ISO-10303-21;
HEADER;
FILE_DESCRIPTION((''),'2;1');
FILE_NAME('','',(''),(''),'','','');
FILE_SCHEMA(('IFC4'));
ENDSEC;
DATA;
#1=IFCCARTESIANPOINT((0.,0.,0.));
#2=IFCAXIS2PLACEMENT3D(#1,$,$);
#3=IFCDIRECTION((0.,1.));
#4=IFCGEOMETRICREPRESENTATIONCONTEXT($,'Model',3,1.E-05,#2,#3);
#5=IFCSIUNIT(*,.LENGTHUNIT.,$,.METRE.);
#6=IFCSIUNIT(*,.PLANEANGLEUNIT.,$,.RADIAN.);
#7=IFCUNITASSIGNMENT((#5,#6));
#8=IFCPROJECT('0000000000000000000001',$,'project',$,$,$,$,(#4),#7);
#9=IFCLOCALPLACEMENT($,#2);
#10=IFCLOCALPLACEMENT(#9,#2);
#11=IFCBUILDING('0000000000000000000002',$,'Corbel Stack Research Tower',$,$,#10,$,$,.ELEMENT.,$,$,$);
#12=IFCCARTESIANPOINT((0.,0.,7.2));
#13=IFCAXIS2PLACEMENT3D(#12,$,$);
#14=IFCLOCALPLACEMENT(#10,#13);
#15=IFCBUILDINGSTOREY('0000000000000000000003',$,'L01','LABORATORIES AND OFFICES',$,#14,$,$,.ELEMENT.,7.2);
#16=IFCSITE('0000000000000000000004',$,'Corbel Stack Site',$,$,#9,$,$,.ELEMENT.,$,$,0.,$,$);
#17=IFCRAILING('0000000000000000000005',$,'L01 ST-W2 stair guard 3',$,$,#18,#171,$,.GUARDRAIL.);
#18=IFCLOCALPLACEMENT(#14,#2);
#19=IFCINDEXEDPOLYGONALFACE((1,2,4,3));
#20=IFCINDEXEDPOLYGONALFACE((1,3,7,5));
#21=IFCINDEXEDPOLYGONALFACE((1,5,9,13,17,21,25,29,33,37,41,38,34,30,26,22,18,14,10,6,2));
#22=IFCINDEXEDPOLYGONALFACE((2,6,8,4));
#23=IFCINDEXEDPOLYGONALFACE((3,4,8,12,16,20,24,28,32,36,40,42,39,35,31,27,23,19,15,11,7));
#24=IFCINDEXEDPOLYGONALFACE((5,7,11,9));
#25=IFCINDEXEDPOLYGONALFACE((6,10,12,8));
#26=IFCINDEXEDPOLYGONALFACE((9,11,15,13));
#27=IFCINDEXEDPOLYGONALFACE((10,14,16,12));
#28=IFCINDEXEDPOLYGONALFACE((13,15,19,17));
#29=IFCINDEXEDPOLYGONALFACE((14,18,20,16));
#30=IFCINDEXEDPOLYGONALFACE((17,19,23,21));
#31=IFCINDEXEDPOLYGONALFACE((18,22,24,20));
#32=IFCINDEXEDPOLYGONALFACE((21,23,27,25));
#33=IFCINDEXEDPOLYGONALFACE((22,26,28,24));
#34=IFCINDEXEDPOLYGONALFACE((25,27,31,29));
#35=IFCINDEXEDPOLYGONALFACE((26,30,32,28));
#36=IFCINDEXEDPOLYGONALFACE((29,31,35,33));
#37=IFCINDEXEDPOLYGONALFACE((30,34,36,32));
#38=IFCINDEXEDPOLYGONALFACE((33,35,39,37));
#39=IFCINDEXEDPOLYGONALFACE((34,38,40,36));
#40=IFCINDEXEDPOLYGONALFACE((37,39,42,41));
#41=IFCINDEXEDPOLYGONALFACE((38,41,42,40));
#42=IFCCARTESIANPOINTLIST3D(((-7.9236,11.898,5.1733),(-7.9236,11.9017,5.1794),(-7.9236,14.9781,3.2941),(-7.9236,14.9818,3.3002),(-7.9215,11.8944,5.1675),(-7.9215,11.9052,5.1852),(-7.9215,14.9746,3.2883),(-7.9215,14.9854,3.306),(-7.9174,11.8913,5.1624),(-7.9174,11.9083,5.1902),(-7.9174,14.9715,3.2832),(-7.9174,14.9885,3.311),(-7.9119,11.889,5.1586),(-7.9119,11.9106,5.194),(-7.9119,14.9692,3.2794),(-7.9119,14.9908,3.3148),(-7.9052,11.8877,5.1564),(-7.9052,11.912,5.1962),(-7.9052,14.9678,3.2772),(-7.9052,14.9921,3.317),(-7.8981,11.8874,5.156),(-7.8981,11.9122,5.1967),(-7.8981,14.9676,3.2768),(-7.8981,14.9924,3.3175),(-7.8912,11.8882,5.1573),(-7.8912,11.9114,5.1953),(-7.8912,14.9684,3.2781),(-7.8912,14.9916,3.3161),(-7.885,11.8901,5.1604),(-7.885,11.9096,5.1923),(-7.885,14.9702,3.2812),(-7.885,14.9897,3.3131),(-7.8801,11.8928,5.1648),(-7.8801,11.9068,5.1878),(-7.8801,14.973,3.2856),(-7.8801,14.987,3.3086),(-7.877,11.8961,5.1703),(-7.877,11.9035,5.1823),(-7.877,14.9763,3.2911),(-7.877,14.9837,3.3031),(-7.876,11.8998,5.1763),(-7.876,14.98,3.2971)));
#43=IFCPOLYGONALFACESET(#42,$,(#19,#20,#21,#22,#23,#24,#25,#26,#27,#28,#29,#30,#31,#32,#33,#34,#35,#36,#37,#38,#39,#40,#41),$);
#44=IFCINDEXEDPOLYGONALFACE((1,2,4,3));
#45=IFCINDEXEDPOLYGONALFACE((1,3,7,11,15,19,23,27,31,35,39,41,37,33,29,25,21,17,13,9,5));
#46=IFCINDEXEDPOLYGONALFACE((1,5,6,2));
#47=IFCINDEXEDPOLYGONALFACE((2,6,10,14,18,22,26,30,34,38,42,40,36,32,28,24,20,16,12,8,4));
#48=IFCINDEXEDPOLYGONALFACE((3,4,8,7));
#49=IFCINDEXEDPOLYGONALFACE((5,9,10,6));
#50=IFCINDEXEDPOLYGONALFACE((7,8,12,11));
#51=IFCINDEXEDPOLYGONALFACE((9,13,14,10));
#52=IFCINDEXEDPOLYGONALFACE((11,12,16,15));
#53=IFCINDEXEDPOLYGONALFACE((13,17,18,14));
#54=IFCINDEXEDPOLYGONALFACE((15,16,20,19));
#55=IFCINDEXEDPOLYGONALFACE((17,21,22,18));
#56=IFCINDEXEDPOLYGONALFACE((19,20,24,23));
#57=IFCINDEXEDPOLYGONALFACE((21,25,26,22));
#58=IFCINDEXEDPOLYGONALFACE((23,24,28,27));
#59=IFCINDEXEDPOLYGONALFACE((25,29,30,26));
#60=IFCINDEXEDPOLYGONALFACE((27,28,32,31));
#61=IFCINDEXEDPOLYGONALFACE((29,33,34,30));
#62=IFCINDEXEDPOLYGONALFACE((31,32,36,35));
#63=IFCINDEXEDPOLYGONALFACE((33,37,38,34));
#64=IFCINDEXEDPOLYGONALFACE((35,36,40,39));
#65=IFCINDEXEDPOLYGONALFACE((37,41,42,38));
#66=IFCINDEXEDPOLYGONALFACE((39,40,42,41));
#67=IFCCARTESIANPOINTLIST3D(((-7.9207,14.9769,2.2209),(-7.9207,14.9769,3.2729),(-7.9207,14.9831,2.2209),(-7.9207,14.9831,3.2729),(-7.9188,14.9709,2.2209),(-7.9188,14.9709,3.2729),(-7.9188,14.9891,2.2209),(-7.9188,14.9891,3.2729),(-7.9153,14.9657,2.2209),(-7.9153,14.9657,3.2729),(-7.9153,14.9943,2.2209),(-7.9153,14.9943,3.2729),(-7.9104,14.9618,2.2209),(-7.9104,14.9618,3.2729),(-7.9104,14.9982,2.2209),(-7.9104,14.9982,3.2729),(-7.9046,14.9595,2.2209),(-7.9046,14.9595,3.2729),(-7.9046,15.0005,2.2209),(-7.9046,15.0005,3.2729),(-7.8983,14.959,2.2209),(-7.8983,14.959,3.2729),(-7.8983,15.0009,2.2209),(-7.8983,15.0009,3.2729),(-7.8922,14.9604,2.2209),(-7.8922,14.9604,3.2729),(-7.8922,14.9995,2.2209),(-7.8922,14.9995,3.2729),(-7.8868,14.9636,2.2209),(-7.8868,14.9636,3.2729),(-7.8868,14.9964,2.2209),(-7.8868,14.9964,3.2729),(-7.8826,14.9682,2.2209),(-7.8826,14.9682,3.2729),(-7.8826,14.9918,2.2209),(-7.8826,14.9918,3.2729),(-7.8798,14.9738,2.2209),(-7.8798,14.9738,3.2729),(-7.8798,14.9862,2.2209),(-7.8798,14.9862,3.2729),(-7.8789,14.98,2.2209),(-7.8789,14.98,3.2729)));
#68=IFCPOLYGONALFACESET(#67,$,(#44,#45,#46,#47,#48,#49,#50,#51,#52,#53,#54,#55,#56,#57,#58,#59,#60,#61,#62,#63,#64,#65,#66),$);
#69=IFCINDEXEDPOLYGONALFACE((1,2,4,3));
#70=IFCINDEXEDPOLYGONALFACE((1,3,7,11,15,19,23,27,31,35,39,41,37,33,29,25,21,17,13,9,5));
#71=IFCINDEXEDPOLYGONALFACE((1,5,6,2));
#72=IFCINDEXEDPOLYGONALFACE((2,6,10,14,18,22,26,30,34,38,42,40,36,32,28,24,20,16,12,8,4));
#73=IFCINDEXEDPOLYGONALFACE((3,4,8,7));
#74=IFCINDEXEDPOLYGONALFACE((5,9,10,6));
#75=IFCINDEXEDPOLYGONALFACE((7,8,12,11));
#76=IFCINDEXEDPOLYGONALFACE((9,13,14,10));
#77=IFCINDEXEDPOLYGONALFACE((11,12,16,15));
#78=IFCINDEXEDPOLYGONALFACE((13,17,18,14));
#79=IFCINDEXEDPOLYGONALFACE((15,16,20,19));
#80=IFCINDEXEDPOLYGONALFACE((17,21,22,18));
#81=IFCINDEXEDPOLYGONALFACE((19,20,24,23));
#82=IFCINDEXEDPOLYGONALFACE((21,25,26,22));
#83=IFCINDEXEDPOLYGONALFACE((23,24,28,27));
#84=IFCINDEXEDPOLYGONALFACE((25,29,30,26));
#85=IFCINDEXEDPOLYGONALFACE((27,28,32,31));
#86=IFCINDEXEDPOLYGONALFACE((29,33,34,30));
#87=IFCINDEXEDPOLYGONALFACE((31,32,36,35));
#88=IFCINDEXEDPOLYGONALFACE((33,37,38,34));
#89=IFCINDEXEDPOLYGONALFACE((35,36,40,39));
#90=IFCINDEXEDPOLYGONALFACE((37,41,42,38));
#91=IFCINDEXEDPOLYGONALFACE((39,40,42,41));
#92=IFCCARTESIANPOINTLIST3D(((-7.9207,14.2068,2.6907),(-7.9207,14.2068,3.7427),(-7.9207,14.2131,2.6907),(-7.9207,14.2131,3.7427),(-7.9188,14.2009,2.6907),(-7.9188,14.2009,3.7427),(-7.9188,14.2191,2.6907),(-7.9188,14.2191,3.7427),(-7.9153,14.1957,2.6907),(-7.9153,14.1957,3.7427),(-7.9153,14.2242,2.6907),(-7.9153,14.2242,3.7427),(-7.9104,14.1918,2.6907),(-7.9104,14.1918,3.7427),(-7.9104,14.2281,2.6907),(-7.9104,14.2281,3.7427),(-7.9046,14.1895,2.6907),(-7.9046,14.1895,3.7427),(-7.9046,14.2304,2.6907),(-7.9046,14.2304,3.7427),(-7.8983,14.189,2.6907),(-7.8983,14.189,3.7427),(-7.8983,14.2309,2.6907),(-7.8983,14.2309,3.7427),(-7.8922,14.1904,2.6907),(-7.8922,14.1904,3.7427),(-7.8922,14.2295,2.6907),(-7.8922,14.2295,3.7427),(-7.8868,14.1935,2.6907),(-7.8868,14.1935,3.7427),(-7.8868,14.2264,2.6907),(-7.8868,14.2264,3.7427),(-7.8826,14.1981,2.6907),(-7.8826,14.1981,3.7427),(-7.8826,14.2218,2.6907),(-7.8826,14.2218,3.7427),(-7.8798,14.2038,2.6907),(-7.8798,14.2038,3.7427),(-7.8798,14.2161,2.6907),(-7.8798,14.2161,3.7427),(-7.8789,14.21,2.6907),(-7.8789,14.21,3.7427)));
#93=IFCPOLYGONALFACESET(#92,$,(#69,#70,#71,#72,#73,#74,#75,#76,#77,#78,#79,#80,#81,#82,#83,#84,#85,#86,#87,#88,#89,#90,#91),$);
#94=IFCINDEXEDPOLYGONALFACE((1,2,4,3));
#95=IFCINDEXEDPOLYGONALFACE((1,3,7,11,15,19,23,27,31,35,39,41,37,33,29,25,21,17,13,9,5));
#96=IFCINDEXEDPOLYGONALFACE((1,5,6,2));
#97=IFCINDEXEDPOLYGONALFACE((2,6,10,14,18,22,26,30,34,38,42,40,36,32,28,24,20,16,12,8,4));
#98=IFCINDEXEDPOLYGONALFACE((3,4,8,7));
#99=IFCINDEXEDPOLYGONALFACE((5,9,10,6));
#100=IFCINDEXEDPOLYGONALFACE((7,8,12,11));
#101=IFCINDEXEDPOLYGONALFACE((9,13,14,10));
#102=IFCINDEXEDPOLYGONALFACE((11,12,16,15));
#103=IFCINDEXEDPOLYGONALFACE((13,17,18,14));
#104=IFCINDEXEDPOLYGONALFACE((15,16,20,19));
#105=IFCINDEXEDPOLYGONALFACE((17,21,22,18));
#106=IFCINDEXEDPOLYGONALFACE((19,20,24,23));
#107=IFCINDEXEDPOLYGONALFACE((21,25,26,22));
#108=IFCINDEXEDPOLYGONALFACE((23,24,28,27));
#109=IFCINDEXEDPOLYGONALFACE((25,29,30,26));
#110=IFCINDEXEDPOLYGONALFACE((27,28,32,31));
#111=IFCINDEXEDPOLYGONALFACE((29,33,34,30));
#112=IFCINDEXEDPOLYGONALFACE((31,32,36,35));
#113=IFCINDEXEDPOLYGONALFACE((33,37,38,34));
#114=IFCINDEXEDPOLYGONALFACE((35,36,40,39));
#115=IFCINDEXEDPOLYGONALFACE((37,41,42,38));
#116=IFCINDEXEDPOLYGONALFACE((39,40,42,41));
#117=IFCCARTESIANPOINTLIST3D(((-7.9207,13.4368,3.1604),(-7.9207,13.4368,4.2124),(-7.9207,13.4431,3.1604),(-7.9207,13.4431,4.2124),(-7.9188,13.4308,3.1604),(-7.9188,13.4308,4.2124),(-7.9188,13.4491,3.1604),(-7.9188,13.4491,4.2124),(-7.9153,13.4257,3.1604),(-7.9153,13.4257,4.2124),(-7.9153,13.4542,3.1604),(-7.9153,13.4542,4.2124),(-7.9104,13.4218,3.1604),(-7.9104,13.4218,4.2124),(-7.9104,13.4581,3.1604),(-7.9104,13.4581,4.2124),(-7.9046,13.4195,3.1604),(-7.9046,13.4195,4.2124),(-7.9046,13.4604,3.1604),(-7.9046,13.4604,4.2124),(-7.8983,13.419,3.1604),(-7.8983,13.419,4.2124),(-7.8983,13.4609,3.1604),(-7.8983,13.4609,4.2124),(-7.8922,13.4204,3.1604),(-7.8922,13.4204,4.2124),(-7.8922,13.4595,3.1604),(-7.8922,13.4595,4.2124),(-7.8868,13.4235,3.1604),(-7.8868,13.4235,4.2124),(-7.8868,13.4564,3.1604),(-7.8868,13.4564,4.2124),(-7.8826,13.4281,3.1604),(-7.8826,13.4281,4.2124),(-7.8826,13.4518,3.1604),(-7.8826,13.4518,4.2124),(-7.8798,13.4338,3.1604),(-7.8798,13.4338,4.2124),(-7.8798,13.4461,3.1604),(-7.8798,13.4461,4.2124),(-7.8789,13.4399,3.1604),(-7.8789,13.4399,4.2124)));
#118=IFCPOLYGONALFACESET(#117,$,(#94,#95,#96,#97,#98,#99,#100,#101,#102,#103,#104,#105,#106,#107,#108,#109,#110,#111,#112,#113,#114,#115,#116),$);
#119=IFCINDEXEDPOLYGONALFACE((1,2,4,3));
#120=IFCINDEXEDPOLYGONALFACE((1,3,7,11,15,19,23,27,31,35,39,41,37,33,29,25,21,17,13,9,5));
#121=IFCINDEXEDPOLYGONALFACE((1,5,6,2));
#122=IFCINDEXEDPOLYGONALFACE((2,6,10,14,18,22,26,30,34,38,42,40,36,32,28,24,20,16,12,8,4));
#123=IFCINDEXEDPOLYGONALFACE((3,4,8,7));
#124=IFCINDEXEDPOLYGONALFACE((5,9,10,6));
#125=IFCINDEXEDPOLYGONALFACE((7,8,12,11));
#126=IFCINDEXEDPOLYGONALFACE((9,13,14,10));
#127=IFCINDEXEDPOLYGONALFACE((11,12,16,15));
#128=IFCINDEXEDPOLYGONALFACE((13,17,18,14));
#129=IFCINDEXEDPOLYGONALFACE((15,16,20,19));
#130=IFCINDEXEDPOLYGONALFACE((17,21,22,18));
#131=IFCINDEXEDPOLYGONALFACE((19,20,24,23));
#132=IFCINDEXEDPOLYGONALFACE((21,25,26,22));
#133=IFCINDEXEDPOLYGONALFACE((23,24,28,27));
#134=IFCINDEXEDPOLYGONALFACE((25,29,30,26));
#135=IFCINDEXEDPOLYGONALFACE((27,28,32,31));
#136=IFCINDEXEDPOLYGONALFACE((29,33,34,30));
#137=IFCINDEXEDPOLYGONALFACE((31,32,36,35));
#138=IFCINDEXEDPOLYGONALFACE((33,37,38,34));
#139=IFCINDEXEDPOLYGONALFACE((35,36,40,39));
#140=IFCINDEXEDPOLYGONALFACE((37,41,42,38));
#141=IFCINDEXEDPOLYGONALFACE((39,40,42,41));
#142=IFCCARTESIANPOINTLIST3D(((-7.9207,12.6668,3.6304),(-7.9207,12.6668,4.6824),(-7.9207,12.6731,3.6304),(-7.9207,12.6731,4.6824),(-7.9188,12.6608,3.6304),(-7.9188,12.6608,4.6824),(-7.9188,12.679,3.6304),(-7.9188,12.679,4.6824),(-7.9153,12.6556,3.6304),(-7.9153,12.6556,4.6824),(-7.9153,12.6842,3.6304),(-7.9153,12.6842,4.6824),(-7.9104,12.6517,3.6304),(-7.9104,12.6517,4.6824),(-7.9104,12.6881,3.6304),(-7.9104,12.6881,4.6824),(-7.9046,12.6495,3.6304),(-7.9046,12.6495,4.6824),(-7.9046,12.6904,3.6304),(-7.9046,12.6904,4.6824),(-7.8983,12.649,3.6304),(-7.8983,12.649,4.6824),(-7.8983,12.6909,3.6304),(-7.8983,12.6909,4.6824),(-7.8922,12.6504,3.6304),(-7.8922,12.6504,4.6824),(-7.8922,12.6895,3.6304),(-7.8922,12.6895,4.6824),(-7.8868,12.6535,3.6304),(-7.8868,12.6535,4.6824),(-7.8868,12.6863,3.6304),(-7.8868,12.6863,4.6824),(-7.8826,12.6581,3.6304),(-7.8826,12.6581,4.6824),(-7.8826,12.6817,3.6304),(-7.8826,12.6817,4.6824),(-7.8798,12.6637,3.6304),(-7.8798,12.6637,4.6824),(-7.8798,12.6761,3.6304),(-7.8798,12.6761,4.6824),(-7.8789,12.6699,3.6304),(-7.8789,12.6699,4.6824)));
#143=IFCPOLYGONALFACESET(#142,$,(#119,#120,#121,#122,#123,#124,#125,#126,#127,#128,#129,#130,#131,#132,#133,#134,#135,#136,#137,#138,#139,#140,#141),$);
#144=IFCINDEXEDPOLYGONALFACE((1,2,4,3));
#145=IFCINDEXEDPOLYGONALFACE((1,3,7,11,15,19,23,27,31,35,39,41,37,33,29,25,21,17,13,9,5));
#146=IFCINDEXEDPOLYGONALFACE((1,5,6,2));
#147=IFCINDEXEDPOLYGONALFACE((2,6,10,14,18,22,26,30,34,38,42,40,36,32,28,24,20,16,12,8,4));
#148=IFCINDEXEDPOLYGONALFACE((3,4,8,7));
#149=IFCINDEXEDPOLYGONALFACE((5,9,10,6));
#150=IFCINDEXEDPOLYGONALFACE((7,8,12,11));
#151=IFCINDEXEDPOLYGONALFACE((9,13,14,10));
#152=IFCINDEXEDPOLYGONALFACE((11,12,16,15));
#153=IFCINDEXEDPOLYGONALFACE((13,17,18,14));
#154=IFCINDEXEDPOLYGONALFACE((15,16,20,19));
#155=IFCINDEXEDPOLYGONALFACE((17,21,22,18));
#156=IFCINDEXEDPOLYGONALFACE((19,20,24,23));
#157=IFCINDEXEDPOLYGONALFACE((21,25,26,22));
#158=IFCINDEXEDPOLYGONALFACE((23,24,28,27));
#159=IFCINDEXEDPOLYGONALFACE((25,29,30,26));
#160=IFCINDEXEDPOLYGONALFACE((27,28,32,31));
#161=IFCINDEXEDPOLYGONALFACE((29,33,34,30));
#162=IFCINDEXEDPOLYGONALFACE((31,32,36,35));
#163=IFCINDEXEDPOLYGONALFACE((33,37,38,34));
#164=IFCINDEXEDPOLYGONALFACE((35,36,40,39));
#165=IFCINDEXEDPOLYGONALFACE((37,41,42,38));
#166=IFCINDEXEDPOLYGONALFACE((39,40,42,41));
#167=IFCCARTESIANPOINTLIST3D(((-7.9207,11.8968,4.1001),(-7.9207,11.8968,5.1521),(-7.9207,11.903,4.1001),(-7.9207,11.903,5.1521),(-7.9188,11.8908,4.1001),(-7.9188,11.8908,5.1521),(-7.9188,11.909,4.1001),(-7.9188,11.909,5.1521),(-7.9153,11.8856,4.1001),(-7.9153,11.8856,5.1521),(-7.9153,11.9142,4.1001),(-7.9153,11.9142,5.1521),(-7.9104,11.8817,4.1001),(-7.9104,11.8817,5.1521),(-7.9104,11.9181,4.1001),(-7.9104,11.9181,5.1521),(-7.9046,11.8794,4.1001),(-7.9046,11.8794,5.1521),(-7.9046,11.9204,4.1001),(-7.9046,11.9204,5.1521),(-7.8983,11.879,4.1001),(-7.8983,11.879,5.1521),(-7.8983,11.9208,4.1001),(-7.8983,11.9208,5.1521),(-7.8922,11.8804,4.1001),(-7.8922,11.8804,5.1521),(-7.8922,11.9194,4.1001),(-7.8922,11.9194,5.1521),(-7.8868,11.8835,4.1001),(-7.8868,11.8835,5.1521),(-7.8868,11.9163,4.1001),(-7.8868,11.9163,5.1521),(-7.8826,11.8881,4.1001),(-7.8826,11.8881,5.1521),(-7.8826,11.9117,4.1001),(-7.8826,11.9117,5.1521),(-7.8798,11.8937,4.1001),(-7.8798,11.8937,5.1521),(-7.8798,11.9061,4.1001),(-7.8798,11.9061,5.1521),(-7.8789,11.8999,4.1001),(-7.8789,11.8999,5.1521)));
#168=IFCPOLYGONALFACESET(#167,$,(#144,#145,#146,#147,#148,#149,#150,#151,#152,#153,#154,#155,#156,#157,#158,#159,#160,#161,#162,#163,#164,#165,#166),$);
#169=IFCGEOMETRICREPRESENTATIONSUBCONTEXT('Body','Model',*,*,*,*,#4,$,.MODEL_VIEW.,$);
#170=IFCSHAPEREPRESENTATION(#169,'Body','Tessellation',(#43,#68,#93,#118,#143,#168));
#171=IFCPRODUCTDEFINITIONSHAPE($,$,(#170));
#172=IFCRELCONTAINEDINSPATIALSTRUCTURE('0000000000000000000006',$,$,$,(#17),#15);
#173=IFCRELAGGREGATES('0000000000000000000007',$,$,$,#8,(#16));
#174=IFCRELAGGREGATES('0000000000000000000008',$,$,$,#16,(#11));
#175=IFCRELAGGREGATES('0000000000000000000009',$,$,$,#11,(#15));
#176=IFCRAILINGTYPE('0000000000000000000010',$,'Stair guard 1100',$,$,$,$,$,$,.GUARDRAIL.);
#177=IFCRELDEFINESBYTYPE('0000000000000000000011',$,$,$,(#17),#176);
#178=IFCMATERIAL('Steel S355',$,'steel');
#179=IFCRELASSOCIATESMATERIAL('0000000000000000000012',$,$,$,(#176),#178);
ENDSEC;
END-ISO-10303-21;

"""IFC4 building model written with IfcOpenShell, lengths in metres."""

from ifc_helpers import new_model, si_unit, direction, frame, origin, origin_2d, place, context, subcontext, project, spatial, circle, extrude, material, type_object, element, save


model = new_model("IFC4")

# Units and contexts
model_context = context("Model", 3, precision=1e-05, world=origin(), true_north=direction((0.0, 1.0)))
body_context = subcontext(model_context, "Body", "Model", "MODEL_VIEW")
ifc_project = project(units=[si_unit("LENGTHUNIT", "METRE"), si_unit("PLANEANGLEUNIT", "RADIAN")], contexts=[model_context])

# Site, building, storey
site_placement = place(None, origin())
site = spatial("IfcSite", under=ifc_project, at=site_placement, Name="Corbel Stack Site", CompositionType="ELEMENT", RefElevation=0.0)
building_placement = place(site_placement, origin())
building = spatial("IfcBuilding", under=site, at=building_placement, Name="Corbel Stack Research Tower", CompositionType="ELEMENT")
storey_placement = place(building_placement, frame((0.0, 0.0, 7.2)))
storey = spatial("IfcBuildingStorey", under=building, at=storey_placement, Name="L01", Description="LABORATORIES AND OFFICES", CompositionType="ELEMENT", Elevation=7.2)

# Railing
ifc_material_1 = material(Name="Steel S355", Category="steel")
railing_type_1 = type_object("IfcRailingType", Name="Stair guard 1100", PredefinedType="GUARDRAIL", material=ifc_material_1)
railing_1_placement = place(storey_placement, frame((-7.8999, 14.98, 2.2209)))
element("IfcRailing", 1, at=railing_1_placement, inside=storey, type_object=railing_type_1, Name="L01 ST-W2 stair guard 3", PredefinedType="GUARDRAIL", context=body_context, shape_type="SweptSolid", body=[
    extrude(circle(Radius=0.0239, at=origin_2d()), frame((0.0, 0.0, 1.0762), z_axis=(0.0, -0.853666, 0.52082), x_axis=(1.0, 0.0, 0.0)), (0.0, 0.0, 1.0), 3.6082),
    extrude(circle(Radius=0.021, at=origin_2d()), origin(), (0.0, 0.0, 1.0), 1.052),
    extrude(circle(Radius=0.021, at=origin_2d()), frame((0.0, -0.77, 0.4697)), (0.0, 0.0, 1.0), 1.052),
    extrude(circle(Radius=0.021, at=origin_2d()), frame((0.0, -1.54, 0.9395)), (0.0, 0.0, 1.0), 1.052),
    extrude(circle(Radius=0.021, at=origin_2d()), frame((0.0, -2.3101, 1.4094)), (0.0, 0.0, 1.0), 1.052),
    extrude(circle(Radius=0.021, at=origin_2d()), frame((0.0, -3.0801, 1.8792)), (0.0, 0.0, 1.0), 1.052),
])

save(model, "model.ifc")
